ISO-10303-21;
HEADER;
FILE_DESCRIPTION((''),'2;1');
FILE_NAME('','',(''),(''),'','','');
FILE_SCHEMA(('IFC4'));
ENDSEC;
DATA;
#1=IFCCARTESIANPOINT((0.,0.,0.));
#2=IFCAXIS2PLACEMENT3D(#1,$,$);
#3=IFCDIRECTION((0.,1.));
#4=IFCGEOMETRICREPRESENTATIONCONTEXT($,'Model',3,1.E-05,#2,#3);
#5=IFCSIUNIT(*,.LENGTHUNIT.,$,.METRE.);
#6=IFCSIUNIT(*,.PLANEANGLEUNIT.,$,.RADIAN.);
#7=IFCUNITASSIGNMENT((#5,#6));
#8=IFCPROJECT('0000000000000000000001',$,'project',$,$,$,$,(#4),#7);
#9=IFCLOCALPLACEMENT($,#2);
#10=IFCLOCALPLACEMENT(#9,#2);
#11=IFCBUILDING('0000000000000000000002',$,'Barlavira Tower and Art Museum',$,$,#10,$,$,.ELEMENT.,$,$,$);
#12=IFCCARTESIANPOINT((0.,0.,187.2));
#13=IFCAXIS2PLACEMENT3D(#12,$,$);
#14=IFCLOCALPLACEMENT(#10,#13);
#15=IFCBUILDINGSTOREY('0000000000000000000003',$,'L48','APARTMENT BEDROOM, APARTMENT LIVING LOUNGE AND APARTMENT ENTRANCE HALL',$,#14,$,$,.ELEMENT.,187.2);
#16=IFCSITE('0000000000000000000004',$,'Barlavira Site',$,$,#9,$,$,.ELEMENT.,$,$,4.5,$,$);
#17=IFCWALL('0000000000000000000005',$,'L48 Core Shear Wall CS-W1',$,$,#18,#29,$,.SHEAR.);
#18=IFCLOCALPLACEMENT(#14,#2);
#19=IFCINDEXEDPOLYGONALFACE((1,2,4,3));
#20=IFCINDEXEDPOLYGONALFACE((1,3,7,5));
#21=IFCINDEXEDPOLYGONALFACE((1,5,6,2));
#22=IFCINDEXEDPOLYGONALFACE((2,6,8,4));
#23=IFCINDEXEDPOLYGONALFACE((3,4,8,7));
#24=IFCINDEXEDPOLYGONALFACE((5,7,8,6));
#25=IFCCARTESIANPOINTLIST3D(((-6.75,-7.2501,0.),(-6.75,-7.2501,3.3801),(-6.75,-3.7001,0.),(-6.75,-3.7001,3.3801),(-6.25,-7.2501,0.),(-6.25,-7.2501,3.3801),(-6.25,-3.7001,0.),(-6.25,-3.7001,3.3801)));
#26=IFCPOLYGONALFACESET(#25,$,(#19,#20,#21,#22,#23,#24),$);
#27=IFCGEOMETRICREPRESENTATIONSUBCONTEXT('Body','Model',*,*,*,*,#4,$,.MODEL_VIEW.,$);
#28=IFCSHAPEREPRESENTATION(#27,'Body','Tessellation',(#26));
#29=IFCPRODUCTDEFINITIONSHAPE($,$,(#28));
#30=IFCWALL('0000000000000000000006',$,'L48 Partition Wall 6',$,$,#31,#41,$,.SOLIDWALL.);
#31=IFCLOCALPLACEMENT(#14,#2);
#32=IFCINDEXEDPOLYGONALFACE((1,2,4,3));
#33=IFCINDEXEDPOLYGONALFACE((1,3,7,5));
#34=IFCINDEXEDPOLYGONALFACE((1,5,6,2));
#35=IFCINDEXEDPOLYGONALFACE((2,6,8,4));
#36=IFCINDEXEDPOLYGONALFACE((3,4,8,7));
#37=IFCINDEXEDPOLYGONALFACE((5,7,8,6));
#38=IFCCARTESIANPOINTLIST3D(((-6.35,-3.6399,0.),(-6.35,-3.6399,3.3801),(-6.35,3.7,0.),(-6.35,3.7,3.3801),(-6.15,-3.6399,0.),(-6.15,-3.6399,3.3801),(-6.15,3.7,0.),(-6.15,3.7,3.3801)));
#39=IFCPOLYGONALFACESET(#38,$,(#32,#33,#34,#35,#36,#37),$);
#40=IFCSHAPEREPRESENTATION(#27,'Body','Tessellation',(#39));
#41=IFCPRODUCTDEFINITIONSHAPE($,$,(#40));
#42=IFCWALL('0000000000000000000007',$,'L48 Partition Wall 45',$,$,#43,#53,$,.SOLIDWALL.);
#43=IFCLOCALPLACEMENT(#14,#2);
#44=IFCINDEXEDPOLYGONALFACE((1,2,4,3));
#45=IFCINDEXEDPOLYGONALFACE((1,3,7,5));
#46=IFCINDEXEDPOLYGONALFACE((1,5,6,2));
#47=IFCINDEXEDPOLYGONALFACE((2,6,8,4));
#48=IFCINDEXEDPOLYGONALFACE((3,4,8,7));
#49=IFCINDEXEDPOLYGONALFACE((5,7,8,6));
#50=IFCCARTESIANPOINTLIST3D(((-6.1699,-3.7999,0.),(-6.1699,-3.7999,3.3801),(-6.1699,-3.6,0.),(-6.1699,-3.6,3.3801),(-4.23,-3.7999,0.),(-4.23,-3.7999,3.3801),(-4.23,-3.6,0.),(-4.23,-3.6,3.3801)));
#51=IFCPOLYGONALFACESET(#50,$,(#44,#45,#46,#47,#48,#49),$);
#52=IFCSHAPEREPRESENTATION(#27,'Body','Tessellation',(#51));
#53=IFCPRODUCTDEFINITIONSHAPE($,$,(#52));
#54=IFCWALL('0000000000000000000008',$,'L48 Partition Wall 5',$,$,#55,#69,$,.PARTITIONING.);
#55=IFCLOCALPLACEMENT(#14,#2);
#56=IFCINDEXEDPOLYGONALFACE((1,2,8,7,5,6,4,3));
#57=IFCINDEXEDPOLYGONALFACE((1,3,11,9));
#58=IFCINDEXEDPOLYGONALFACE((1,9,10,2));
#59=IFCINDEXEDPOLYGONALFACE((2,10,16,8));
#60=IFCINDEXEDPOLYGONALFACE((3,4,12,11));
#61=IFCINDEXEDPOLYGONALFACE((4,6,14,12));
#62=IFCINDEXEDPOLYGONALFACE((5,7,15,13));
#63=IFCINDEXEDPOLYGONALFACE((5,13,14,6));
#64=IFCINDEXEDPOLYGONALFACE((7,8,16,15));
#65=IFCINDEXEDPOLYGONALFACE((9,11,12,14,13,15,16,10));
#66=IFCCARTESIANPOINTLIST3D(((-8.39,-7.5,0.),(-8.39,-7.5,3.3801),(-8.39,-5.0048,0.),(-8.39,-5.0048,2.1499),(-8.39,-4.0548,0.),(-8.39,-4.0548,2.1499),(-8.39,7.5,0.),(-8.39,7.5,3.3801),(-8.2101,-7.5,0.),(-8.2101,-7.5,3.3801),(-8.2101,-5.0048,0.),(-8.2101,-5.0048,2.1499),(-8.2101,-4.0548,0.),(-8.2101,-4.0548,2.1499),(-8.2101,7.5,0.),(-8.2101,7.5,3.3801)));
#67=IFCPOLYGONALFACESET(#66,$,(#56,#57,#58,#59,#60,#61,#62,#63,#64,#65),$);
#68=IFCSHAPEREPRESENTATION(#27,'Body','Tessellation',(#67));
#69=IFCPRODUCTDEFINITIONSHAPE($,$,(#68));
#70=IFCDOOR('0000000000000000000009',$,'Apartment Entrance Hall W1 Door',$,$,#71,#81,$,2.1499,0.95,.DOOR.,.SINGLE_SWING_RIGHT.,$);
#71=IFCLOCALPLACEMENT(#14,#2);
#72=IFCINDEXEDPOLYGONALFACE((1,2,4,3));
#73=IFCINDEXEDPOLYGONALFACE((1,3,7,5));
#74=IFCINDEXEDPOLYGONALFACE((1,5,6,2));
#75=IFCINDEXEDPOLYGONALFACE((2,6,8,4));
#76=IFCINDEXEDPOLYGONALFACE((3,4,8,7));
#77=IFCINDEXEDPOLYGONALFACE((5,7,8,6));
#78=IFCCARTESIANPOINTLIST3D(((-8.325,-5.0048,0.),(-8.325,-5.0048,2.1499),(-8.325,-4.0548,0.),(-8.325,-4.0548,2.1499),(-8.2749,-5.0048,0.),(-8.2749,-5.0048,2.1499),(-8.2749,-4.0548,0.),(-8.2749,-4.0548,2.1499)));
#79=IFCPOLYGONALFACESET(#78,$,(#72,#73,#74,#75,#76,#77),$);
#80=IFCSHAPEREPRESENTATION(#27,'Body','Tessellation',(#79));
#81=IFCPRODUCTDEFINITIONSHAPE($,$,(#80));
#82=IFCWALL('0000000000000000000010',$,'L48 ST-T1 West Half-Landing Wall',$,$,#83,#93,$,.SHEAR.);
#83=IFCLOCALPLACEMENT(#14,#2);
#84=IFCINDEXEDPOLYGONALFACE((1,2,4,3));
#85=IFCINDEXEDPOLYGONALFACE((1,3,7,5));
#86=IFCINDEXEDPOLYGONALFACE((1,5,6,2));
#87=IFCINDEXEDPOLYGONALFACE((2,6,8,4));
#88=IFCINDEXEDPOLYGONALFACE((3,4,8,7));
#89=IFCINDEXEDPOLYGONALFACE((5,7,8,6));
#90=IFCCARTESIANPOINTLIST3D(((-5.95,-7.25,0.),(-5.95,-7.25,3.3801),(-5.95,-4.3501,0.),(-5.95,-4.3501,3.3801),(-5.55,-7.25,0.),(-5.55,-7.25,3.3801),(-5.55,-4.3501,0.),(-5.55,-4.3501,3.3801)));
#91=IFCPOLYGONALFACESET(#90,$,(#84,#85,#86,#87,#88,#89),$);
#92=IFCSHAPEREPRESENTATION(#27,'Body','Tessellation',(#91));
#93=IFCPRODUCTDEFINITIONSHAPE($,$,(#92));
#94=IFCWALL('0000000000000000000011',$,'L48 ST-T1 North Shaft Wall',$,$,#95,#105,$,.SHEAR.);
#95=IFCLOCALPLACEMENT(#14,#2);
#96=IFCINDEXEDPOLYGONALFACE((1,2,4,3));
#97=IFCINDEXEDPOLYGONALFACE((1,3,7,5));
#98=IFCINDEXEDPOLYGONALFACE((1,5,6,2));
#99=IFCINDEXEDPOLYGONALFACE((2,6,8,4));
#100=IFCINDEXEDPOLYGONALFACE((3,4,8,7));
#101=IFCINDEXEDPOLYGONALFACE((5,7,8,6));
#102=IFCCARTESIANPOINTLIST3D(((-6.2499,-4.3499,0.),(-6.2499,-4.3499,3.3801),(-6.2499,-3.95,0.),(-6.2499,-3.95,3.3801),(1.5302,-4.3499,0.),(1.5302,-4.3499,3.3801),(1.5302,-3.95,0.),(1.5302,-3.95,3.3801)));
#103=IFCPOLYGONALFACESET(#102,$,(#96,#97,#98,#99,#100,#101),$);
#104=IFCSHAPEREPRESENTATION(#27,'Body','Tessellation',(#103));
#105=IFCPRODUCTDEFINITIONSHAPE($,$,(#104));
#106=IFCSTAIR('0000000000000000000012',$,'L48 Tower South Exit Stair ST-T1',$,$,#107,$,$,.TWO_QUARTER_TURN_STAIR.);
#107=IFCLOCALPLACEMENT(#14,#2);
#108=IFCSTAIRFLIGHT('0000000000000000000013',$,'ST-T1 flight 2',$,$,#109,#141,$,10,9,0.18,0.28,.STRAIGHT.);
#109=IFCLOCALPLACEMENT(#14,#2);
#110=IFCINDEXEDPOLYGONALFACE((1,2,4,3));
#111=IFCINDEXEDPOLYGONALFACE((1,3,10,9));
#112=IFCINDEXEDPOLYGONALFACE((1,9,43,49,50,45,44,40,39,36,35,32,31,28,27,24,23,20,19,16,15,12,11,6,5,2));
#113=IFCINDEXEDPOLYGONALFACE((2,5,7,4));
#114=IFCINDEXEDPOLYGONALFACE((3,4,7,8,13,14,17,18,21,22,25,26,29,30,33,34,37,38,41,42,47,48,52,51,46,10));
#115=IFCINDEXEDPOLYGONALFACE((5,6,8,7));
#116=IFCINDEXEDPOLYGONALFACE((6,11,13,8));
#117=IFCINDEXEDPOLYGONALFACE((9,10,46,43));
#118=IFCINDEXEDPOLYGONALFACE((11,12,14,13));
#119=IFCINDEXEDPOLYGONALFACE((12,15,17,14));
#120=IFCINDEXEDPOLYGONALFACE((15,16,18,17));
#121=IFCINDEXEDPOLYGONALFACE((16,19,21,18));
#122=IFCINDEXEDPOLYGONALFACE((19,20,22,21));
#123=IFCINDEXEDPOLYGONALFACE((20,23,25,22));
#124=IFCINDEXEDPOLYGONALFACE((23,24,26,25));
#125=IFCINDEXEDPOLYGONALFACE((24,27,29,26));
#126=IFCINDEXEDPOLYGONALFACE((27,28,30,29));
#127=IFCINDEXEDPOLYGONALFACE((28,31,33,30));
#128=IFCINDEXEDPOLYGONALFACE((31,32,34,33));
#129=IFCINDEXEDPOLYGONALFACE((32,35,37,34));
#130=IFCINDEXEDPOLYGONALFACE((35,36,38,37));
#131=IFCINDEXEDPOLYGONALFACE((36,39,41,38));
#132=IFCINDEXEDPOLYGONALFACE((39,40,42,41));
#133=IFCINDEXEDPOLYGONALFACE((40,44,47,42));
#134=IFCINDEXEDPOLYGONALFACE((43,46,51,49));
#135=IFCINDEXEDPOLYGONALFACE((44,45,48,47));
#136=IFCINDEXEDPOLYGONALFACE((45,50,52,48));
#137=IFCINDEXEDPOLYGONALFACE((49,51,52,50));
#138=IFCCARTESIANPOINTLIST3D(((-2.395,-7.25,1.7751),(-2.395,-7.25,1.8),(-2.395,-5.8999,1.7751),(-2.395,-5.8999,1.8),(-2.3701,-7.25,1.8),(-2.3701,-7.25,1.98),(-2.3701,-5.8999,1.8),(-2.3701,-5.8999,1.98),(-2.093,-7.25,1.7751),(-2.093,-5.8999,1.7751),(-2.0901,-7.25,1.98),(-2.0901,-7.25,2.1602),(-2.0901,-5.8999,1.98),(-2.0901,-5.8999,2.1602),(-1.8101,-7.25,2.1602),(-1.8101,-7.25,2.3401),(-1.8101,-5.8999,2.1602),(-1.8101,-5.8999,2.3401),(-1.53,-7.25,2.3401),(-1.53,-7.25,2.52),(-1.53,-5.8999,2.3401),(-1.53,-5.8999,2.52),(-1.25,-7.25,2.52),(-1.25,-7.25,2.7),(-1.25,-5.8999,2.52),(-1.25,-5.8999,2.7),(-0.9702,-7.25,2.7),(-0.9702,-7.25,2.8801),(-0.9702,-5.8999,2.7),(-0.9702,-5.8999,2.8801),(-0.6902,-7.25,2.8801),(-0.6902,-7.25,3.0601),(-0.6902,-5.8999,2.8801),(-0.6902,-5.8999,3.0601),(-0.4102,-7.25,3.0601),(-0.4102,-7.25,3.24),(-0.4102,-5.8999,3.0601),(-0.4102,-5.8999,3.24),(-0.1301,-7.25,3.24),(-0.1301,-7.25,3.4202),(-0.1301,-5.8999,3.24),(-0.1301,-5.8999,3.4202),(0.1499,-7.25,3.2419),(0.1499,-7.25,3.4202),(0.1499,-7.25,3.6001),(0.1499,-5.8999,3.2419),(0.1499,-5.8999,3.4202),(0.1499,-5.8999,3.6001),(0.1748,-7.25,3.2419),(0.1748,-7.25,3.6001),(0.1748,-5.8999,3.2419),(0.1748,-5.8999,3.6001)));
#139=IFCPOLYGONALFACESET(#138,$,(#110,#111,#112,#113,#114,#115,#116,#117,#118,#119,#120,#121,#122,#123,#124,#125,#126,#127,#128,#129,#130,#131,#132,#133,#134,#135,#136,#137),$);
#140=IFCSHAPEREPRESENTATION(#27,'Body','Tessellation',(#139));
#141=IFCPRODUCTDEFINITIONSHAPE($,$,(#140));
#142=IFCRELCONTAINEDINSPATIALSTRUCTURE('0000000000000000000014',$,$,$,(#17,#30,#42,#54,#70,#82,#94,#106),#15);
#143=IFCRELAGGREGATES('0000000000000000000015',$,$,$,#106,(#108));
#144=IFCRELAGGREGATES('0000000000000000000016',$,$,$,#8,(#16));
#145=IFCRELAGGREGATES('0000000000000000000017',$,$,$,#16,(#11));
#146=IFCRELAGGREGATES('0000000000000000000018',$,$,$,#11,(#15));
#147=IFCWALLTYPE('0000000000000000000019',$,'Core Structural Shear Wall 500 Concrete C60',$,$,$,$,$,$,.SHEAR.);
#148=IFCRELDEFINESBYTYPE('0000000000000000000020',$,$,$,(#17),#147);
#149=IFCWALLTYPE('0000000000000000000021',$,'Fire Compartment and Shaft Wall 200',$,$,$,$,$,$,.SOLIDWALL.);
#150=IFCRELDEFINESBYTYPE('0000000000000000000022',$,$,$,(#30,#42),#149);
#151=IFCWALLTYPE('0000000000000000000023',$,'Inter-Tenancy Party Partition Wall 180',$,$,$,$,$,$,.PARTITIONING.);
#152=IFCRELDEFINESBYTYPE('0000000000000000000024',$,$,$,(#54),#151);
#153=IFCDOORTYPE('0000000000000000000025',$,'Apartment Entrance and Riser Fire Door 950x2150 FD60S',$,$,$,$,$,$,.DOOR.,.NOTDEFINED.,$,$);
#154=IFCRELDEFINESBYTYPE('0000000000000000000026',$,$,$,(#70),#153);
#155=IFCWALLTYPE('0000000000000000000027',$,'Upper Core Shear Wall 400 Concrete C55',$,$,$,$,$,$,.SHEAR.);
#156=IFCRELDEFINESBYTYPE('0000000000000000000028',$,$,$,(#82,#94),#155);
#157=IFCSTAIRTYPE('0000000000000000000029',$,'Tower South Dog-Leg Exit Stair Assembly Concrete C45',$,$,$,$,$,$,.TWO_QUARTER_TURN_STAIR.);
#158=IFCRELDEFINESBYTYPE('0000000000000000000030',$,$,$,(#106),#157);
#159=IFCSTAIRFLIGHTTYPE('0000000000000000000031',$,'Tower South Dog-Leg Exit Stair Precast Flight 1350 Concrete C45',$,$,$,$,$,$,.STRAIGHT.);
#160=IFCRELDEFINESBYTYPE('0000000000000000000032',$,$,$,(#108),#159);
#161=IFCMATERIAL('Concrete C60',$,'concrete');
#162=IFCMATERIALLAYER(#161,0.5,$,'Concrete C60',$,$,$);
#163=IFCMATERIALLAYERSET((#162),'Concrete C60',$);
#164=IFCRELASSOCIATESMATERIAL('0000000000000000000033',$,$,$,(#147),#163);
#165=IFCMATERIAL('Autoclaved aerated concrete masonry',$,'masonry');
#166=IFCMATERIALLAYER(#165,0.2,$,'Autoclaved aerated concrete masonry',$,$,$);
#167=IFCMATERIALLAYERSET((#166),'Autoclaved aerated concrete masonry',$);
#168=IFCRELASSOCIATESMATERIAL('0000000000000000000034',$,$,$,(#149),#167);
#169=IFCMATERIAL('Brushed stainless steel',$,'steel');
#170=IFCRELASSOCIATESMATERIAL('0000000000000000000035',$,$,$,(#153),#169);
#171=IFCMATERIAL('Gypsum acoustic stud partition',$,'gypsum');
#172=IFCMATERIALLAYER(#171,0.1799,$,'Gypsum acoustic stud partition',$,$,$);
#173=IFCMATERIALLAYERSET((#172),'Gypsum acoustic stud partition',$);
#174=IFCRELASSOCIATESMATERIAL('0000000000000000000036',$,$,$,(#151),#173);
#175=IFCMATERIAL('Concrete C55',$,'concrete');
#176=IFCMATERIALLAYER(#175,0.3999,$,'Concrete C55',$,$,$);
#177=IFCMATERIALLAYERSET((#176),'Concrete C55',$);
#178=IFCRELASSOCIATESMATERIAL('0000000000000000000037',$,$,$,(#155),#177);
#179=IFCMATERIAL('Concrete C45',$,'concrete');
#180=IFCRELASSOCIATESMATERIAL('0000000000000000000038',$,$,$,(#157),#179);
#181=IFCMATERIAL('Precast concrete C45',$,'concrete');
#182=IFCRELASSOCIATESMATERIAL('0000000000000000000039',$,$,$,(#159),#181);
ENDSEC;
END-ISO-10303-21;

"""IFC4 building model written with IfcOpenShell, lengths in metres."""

from ifc_helpers import new_model, si_unit, direction, frame, frame_2d, origin, place, context, subcontext, project, spatial, polyline, rectangle, outline, extrude, material, layer, layer_set, type_object, element, fill, aggregate, save


model = new_model("IFC4")

# Units and contexts
model_context = context("Model", 3, precision=1e-05, world=origin(), true_north=direction((0.0, 1.0)))
body_context = subcontext(model_context, "Body", "Model", "MODEL_VIEW")
ifc_project = project(units=[si_unit("LENGTHUNIT", "METRE"), si_unit("PLANEANGLEUNIT", "RADIAN")], contexts=[model_context])

# Site, building, storey
site_placement = place(None, origin())
site = spatial("IfcSite", under=ifc_project, at=site_placement, Name="Barlavira Site", CompositionType="ELEMENT", RefElevation=4.5)
building_placement = place(site_placement, origin())
building = spatial("IfcBuilding", under=site, at=building_placement, Name="Barlavira Tower and Art Museum", CompositionType="ELEMENT")
storey_placement = place(building_placement, frame((0.0, 0.0, 187.2)))
storey = spatial("IfcBuildingStorey", under=building, at=storey_placement, Name="L48", Description="APARTMENT BEDROOM, APARTMENT LIVING LOUNGE AND APARTMENT ENTRANCE HALL", CompositionType="ELEMENT", Elevation=187.2)

# Shared definitions
ifc_material_1 = material(Name="Gypsum acoustic stud partition", Category="gypsum")

# Walls
ifc_material_2 = material(Name="Concrete C60", Category="concrete")
ifc_layer_1 = layer(ifc_material_2, 0.5, Name="Concrete C60")
ifc_layer_set_1 = layer_set([ifc_layer_1], Name="Concrete C60")
wall_type_1 = type_object("IfcWallType", Name="Core Structural Shear Wall 500 Concrete C60", PredefinedType="SHEAR", material=ifc_layer_set_1)
wall_1_placement = place(storey_placement, frame((-6.5, -7.25, 0.0), z_axis=(0.0, 0.0, 1.0), x_axis=(0.0, 1.0, 0.0)))
element("IfcWall", 1, at=wall_1_placement, inside=storey, type_object=wall_type_1, Name="L48 Core Shear Wall CS-W1", PredefinedType="SHEAR", context=body_context, shape_type="SweptSolid", body=[
    extrude(rectangle(XDim=3.55, YDim=0.5, at=frame_2d((1.7749, 0.0))), origin(), (0.0, 0.0, 1.0), 3.3801),
])
ifc_material_3 = material(Name="Autoclaved aerated concrete masonry", Category="masonry")
ifc_layer_2 = layer(ifc_material_3, 0.2, Name="Autoclaved aerated concrete masonry")
ifc_layer_set_2 = layer_set([ifc_layer_2], Name="Autoclaved aerated concrete masonry")
wall_type_2 = type_object("IfcWallType", Name="Fire Compartment and Shaft Wall 200", PredefinedType="SOLIDWALL", material=ifc_layer_set_2)
wall_2_placement = place(storey_placement, frame((-6.25, -3.6399, 0.0), z_axis=(0.0, 0.0, 1.0), x_axis=(0.0, 1.0, 0.0)))
element("IfcWall", 2, at=wall_2_placement, inside=storey, type_object=wall_type_2, Name="L48 Partition Wall 6", PredefinedType="SOLIDWALL", context=body_context, shape_type="SweptSolid", body=[
    extrude(rectangle(XDim=7.3398, YDim=0.2, at=frame_2d((3.6699, 0.0))), origin(), (0.0, 0.0, 1.0), 3.3801),
])

# Shared definitions
ifc_material_4 = material(Name="Brushed stainless steel", Category="steel")
door_type_1 = type_object("IfcDoorType", Name="Apartment Entrance and Riser Fire Door 950x2150 FD60S", OperationType="NOTDEFINED", PredefinedType="DOOR", material=ifc_material_4)

# Wall
wall_3_placement = place(storey_placement, frame((-6.1699, -3.7, 0.0), z_axis=(0.0, 0.0, 1.0), x_axis=(1.0, 0.0, 0.0)))
element("IfcWall", 3, at=wall_3_placement, inside=storey, type_object=wall_type_2, Name="L48 Partition Wall 45", PredefinedType="SOLIDWALL", context=body_context, shape_type="SweptSolid", body=[
    extrude(rectangle(XDim=1.9399, YDim=0.2, at=frame_2d((0.97, 0.0))), origin(), (0.0, 0.0, 1.0), 3.3801),
])

# Wall, opening, door
ifc_layer_3 = layer(ifc_material_1, 0.1799, Name="Gypsum acoustic stud partition")
ifc_layer_set_3 = layer_set([ifc_layer_3], Name="Gypsum acoustic stud partition")
wall_type_3 = type_object("IfcWallType", Name="Inter-Tenancy Party Partition Wall 180", PredefinedType="PARTITIONING", material=ifc_layer_set_3)
wall_4_placement = place(storey_placement, frame((-8.3, -7.5, 0.0), z_axis=(0.0, 0.0, 1.0), x_axis=(0.0, 1.0, 0.0)))
wall_4 = element("IfcWall", 4, at=wall_4_placement, inside=storey, type_object=wall_type_3, Name="L48 Partition Wall 5", PredefinedType="PARTITIONING", context=body_context, shape_type="SweptSolid", body=[
    extrude(rectangle(XDim=15.0, YDim=0.1799, at=frame_2d((7.5, 0.0))), origin(), (0.0, 0.0, 1.0), 3.3801),
])
opening_1_placement = place(wall_4_placement, frame((2.4951, 0.0, 0.0)))
opening_1 = element("IfcOpeningElement", 5, at=opening_1_placement, cuts=wall_4, PredefinedType="OPENING", context=body_context, shape_type="SweptSolid", body=[
    extrude(rectangle(XDim=0.95, YDim=2.1499, at=frame_2d((0.4751, 1.075))), frame((0.0, 0.1001, 0.0), z_axis=(0.0, -1.0, 0.0), x_axis=(1.0, 0.0, 0.0)), (0.0, 0.0, 1.0), 0.2),
])
door_1_placement = place(opening_1_placement, origin())
door_1 = element("IfcDoor", 6, at=door_1_placement, inside=storey, type_object=door_type_1, Name="Apartment Entrance Hall W1 Door", OperationType="SINGLE_SWING_RIGHT", OverallHeight=2.1499, OverallWidth=0.95, PredefinedType="DOOR", context=body_context, shape_type="SweptSolid", body=[
    extrude(rectangle(XDim=0.95, YDim=2.1499, at=frame_2d((0.4751, 1.075))), frame((0.0, 0.0249, 0.0), z_axis=(0.0, -1.0, 0.0), x_axis=(1.0, 0.0, 0.0)), (0.0, 0.0, 1.0), 0.05),
])
fill(opening_1, door_1)

# Walls
ifc_material_5 = material(Name="Concrete C55", Category="concrete")
ifc_layer_4 = layer(ifc_material_5, 0.3999, Name="Concrete C55")
ifc_layer_set_4 = layer_set([ifc_layer_4], Name="Concrete C55")
wall_type_4 = type_object("IfcWallType", Name="Upper Core Shear Wall 400 Concrete C55", PredefinedType="SHEAR", material=ifc_layer_set_4)
wall_5_placement = place(storey_placement, frame((-5.75, -7.25, 0.0), z_axis=(0.0, 0.0, 1.0), x_axis=(0.0, 1.0, 0.0)))
element("IfcWall", 7, at=wall_5_placement, inside=storey, type_object=wall_type_4, Name="L48 ST-T1 West Half-Landing Wall", PredefinedType="SHEAR", context=body_context, shape_type="SweptSolid", body=[
    extrude(rectangle(XDim=2.8999, YDim=0.3999, at=frame_2d((1.45, 0.0))), origin(), (0.0, 0.0, 1.0), 3.3801),
])
wall_6_placement = place(storey_placement, frame((-6.25, -4.1499, 0.0), z_axis=(0.0, 0.0, 1.0), x_axis=(1.0, 0.0, 0.0)))
element("IfcWall", 8, at=wall_6_placement, inside=storey, type_object=wall_type_4, Name="L48 ST-T1 North Shaft Wall", PredefinedType="SHEAR", context=body_context, shape_type="SweptSolid", body=[
    extrude(rectangle(XDim=7.78, YDim=0.3999, at=frame_2d((3.8901, 0.0))), origin(), (0.0, 0.0, 1.0), 3.3801),
])

# Stair, stair flight
ifc_material_6 = material(Name="Concrete C45", Category="concrete")
stair_type = type_object("IfcStairType", Name="Tower South Dog-Leg Exit Stair Assembly Concrete C45", PredefinedType="TWO_QUARTER_TURN_STAIR", material=ifc_material_6)
stair_placement = place(storey_placement, origin())
stair = element("IfcStair", 9, at=stair_placement, inside=storey, type_object=stair_type, Name="L48 Tower South Exit Stair ST-T1", PredefinedType="TWO_QUARTER_TURN_STAIR")
ifc_material_7 = material(Name="Precast concrete C45", Category="concrete")
stair_flight_type = type_object("IfcStairFlightType", Name="Tower South Dog-Leg Exit Stair Precast Flight 1350 Concrete C45", PredefinedType="STRAIGHT", material=ifc_material_7)
stair_flight_placement = place(storey_placement, frame((-2.3701, -6.575, 1.8), z_axis=(0.0, 0.0, 1.0), x_axis=(1.0, 0.0, 0.0)))
stair_flight = element("IfcStairFlight", 10, at=stair_flight_placement, type_object=stair_flight_type, Name="ST-T1 flight 2", NumberOfRisers=10, NumberOfTreads=9, PredefinedType="STRAIGHT", RiserHeight=0.18, TreadLength=0.28, context=body_context, shape_type="SweptSolid", body=[
    extrude(outline(polyline([(-0.0249, 0.0), (0.0, 0.0), (0.0, 0.1799), (0.28, 0.1799), (0.28, 0.3601), (0.5601, 0.3601), (0.5601, 0.54), (0.8401, 0.54), (0.8401, 0.72), (1.1201, 0.72), (1.1201, 0.8999), (1.3999, 0.8999), (1.3999, 1.0801), (1.6799, 1.0801), (1.6799, 1.26), (1.96, 1.26), (1.96, 1.4399), (2.24, 1.4399), (2.24, 1.6201), (2.52, 1.6201), (2.52, 1.8), (2.5449, 1.8), (2.5449, 1.4419), (2.52, 1.4419), (0.2771, -0.0249), (-0.0249, -0.0249), (-0.0249, 0.0)])), frame((0.0, 0.675, 0.0), z_axis=(0.0, -1.0, 0.0), x_axis=(1.0, 0.0, 0.0)), (0.0, 0.0, 1.0), 1.3501),
])
aggregate(stair, [stair_flight])

save(model, "model.ifc")
